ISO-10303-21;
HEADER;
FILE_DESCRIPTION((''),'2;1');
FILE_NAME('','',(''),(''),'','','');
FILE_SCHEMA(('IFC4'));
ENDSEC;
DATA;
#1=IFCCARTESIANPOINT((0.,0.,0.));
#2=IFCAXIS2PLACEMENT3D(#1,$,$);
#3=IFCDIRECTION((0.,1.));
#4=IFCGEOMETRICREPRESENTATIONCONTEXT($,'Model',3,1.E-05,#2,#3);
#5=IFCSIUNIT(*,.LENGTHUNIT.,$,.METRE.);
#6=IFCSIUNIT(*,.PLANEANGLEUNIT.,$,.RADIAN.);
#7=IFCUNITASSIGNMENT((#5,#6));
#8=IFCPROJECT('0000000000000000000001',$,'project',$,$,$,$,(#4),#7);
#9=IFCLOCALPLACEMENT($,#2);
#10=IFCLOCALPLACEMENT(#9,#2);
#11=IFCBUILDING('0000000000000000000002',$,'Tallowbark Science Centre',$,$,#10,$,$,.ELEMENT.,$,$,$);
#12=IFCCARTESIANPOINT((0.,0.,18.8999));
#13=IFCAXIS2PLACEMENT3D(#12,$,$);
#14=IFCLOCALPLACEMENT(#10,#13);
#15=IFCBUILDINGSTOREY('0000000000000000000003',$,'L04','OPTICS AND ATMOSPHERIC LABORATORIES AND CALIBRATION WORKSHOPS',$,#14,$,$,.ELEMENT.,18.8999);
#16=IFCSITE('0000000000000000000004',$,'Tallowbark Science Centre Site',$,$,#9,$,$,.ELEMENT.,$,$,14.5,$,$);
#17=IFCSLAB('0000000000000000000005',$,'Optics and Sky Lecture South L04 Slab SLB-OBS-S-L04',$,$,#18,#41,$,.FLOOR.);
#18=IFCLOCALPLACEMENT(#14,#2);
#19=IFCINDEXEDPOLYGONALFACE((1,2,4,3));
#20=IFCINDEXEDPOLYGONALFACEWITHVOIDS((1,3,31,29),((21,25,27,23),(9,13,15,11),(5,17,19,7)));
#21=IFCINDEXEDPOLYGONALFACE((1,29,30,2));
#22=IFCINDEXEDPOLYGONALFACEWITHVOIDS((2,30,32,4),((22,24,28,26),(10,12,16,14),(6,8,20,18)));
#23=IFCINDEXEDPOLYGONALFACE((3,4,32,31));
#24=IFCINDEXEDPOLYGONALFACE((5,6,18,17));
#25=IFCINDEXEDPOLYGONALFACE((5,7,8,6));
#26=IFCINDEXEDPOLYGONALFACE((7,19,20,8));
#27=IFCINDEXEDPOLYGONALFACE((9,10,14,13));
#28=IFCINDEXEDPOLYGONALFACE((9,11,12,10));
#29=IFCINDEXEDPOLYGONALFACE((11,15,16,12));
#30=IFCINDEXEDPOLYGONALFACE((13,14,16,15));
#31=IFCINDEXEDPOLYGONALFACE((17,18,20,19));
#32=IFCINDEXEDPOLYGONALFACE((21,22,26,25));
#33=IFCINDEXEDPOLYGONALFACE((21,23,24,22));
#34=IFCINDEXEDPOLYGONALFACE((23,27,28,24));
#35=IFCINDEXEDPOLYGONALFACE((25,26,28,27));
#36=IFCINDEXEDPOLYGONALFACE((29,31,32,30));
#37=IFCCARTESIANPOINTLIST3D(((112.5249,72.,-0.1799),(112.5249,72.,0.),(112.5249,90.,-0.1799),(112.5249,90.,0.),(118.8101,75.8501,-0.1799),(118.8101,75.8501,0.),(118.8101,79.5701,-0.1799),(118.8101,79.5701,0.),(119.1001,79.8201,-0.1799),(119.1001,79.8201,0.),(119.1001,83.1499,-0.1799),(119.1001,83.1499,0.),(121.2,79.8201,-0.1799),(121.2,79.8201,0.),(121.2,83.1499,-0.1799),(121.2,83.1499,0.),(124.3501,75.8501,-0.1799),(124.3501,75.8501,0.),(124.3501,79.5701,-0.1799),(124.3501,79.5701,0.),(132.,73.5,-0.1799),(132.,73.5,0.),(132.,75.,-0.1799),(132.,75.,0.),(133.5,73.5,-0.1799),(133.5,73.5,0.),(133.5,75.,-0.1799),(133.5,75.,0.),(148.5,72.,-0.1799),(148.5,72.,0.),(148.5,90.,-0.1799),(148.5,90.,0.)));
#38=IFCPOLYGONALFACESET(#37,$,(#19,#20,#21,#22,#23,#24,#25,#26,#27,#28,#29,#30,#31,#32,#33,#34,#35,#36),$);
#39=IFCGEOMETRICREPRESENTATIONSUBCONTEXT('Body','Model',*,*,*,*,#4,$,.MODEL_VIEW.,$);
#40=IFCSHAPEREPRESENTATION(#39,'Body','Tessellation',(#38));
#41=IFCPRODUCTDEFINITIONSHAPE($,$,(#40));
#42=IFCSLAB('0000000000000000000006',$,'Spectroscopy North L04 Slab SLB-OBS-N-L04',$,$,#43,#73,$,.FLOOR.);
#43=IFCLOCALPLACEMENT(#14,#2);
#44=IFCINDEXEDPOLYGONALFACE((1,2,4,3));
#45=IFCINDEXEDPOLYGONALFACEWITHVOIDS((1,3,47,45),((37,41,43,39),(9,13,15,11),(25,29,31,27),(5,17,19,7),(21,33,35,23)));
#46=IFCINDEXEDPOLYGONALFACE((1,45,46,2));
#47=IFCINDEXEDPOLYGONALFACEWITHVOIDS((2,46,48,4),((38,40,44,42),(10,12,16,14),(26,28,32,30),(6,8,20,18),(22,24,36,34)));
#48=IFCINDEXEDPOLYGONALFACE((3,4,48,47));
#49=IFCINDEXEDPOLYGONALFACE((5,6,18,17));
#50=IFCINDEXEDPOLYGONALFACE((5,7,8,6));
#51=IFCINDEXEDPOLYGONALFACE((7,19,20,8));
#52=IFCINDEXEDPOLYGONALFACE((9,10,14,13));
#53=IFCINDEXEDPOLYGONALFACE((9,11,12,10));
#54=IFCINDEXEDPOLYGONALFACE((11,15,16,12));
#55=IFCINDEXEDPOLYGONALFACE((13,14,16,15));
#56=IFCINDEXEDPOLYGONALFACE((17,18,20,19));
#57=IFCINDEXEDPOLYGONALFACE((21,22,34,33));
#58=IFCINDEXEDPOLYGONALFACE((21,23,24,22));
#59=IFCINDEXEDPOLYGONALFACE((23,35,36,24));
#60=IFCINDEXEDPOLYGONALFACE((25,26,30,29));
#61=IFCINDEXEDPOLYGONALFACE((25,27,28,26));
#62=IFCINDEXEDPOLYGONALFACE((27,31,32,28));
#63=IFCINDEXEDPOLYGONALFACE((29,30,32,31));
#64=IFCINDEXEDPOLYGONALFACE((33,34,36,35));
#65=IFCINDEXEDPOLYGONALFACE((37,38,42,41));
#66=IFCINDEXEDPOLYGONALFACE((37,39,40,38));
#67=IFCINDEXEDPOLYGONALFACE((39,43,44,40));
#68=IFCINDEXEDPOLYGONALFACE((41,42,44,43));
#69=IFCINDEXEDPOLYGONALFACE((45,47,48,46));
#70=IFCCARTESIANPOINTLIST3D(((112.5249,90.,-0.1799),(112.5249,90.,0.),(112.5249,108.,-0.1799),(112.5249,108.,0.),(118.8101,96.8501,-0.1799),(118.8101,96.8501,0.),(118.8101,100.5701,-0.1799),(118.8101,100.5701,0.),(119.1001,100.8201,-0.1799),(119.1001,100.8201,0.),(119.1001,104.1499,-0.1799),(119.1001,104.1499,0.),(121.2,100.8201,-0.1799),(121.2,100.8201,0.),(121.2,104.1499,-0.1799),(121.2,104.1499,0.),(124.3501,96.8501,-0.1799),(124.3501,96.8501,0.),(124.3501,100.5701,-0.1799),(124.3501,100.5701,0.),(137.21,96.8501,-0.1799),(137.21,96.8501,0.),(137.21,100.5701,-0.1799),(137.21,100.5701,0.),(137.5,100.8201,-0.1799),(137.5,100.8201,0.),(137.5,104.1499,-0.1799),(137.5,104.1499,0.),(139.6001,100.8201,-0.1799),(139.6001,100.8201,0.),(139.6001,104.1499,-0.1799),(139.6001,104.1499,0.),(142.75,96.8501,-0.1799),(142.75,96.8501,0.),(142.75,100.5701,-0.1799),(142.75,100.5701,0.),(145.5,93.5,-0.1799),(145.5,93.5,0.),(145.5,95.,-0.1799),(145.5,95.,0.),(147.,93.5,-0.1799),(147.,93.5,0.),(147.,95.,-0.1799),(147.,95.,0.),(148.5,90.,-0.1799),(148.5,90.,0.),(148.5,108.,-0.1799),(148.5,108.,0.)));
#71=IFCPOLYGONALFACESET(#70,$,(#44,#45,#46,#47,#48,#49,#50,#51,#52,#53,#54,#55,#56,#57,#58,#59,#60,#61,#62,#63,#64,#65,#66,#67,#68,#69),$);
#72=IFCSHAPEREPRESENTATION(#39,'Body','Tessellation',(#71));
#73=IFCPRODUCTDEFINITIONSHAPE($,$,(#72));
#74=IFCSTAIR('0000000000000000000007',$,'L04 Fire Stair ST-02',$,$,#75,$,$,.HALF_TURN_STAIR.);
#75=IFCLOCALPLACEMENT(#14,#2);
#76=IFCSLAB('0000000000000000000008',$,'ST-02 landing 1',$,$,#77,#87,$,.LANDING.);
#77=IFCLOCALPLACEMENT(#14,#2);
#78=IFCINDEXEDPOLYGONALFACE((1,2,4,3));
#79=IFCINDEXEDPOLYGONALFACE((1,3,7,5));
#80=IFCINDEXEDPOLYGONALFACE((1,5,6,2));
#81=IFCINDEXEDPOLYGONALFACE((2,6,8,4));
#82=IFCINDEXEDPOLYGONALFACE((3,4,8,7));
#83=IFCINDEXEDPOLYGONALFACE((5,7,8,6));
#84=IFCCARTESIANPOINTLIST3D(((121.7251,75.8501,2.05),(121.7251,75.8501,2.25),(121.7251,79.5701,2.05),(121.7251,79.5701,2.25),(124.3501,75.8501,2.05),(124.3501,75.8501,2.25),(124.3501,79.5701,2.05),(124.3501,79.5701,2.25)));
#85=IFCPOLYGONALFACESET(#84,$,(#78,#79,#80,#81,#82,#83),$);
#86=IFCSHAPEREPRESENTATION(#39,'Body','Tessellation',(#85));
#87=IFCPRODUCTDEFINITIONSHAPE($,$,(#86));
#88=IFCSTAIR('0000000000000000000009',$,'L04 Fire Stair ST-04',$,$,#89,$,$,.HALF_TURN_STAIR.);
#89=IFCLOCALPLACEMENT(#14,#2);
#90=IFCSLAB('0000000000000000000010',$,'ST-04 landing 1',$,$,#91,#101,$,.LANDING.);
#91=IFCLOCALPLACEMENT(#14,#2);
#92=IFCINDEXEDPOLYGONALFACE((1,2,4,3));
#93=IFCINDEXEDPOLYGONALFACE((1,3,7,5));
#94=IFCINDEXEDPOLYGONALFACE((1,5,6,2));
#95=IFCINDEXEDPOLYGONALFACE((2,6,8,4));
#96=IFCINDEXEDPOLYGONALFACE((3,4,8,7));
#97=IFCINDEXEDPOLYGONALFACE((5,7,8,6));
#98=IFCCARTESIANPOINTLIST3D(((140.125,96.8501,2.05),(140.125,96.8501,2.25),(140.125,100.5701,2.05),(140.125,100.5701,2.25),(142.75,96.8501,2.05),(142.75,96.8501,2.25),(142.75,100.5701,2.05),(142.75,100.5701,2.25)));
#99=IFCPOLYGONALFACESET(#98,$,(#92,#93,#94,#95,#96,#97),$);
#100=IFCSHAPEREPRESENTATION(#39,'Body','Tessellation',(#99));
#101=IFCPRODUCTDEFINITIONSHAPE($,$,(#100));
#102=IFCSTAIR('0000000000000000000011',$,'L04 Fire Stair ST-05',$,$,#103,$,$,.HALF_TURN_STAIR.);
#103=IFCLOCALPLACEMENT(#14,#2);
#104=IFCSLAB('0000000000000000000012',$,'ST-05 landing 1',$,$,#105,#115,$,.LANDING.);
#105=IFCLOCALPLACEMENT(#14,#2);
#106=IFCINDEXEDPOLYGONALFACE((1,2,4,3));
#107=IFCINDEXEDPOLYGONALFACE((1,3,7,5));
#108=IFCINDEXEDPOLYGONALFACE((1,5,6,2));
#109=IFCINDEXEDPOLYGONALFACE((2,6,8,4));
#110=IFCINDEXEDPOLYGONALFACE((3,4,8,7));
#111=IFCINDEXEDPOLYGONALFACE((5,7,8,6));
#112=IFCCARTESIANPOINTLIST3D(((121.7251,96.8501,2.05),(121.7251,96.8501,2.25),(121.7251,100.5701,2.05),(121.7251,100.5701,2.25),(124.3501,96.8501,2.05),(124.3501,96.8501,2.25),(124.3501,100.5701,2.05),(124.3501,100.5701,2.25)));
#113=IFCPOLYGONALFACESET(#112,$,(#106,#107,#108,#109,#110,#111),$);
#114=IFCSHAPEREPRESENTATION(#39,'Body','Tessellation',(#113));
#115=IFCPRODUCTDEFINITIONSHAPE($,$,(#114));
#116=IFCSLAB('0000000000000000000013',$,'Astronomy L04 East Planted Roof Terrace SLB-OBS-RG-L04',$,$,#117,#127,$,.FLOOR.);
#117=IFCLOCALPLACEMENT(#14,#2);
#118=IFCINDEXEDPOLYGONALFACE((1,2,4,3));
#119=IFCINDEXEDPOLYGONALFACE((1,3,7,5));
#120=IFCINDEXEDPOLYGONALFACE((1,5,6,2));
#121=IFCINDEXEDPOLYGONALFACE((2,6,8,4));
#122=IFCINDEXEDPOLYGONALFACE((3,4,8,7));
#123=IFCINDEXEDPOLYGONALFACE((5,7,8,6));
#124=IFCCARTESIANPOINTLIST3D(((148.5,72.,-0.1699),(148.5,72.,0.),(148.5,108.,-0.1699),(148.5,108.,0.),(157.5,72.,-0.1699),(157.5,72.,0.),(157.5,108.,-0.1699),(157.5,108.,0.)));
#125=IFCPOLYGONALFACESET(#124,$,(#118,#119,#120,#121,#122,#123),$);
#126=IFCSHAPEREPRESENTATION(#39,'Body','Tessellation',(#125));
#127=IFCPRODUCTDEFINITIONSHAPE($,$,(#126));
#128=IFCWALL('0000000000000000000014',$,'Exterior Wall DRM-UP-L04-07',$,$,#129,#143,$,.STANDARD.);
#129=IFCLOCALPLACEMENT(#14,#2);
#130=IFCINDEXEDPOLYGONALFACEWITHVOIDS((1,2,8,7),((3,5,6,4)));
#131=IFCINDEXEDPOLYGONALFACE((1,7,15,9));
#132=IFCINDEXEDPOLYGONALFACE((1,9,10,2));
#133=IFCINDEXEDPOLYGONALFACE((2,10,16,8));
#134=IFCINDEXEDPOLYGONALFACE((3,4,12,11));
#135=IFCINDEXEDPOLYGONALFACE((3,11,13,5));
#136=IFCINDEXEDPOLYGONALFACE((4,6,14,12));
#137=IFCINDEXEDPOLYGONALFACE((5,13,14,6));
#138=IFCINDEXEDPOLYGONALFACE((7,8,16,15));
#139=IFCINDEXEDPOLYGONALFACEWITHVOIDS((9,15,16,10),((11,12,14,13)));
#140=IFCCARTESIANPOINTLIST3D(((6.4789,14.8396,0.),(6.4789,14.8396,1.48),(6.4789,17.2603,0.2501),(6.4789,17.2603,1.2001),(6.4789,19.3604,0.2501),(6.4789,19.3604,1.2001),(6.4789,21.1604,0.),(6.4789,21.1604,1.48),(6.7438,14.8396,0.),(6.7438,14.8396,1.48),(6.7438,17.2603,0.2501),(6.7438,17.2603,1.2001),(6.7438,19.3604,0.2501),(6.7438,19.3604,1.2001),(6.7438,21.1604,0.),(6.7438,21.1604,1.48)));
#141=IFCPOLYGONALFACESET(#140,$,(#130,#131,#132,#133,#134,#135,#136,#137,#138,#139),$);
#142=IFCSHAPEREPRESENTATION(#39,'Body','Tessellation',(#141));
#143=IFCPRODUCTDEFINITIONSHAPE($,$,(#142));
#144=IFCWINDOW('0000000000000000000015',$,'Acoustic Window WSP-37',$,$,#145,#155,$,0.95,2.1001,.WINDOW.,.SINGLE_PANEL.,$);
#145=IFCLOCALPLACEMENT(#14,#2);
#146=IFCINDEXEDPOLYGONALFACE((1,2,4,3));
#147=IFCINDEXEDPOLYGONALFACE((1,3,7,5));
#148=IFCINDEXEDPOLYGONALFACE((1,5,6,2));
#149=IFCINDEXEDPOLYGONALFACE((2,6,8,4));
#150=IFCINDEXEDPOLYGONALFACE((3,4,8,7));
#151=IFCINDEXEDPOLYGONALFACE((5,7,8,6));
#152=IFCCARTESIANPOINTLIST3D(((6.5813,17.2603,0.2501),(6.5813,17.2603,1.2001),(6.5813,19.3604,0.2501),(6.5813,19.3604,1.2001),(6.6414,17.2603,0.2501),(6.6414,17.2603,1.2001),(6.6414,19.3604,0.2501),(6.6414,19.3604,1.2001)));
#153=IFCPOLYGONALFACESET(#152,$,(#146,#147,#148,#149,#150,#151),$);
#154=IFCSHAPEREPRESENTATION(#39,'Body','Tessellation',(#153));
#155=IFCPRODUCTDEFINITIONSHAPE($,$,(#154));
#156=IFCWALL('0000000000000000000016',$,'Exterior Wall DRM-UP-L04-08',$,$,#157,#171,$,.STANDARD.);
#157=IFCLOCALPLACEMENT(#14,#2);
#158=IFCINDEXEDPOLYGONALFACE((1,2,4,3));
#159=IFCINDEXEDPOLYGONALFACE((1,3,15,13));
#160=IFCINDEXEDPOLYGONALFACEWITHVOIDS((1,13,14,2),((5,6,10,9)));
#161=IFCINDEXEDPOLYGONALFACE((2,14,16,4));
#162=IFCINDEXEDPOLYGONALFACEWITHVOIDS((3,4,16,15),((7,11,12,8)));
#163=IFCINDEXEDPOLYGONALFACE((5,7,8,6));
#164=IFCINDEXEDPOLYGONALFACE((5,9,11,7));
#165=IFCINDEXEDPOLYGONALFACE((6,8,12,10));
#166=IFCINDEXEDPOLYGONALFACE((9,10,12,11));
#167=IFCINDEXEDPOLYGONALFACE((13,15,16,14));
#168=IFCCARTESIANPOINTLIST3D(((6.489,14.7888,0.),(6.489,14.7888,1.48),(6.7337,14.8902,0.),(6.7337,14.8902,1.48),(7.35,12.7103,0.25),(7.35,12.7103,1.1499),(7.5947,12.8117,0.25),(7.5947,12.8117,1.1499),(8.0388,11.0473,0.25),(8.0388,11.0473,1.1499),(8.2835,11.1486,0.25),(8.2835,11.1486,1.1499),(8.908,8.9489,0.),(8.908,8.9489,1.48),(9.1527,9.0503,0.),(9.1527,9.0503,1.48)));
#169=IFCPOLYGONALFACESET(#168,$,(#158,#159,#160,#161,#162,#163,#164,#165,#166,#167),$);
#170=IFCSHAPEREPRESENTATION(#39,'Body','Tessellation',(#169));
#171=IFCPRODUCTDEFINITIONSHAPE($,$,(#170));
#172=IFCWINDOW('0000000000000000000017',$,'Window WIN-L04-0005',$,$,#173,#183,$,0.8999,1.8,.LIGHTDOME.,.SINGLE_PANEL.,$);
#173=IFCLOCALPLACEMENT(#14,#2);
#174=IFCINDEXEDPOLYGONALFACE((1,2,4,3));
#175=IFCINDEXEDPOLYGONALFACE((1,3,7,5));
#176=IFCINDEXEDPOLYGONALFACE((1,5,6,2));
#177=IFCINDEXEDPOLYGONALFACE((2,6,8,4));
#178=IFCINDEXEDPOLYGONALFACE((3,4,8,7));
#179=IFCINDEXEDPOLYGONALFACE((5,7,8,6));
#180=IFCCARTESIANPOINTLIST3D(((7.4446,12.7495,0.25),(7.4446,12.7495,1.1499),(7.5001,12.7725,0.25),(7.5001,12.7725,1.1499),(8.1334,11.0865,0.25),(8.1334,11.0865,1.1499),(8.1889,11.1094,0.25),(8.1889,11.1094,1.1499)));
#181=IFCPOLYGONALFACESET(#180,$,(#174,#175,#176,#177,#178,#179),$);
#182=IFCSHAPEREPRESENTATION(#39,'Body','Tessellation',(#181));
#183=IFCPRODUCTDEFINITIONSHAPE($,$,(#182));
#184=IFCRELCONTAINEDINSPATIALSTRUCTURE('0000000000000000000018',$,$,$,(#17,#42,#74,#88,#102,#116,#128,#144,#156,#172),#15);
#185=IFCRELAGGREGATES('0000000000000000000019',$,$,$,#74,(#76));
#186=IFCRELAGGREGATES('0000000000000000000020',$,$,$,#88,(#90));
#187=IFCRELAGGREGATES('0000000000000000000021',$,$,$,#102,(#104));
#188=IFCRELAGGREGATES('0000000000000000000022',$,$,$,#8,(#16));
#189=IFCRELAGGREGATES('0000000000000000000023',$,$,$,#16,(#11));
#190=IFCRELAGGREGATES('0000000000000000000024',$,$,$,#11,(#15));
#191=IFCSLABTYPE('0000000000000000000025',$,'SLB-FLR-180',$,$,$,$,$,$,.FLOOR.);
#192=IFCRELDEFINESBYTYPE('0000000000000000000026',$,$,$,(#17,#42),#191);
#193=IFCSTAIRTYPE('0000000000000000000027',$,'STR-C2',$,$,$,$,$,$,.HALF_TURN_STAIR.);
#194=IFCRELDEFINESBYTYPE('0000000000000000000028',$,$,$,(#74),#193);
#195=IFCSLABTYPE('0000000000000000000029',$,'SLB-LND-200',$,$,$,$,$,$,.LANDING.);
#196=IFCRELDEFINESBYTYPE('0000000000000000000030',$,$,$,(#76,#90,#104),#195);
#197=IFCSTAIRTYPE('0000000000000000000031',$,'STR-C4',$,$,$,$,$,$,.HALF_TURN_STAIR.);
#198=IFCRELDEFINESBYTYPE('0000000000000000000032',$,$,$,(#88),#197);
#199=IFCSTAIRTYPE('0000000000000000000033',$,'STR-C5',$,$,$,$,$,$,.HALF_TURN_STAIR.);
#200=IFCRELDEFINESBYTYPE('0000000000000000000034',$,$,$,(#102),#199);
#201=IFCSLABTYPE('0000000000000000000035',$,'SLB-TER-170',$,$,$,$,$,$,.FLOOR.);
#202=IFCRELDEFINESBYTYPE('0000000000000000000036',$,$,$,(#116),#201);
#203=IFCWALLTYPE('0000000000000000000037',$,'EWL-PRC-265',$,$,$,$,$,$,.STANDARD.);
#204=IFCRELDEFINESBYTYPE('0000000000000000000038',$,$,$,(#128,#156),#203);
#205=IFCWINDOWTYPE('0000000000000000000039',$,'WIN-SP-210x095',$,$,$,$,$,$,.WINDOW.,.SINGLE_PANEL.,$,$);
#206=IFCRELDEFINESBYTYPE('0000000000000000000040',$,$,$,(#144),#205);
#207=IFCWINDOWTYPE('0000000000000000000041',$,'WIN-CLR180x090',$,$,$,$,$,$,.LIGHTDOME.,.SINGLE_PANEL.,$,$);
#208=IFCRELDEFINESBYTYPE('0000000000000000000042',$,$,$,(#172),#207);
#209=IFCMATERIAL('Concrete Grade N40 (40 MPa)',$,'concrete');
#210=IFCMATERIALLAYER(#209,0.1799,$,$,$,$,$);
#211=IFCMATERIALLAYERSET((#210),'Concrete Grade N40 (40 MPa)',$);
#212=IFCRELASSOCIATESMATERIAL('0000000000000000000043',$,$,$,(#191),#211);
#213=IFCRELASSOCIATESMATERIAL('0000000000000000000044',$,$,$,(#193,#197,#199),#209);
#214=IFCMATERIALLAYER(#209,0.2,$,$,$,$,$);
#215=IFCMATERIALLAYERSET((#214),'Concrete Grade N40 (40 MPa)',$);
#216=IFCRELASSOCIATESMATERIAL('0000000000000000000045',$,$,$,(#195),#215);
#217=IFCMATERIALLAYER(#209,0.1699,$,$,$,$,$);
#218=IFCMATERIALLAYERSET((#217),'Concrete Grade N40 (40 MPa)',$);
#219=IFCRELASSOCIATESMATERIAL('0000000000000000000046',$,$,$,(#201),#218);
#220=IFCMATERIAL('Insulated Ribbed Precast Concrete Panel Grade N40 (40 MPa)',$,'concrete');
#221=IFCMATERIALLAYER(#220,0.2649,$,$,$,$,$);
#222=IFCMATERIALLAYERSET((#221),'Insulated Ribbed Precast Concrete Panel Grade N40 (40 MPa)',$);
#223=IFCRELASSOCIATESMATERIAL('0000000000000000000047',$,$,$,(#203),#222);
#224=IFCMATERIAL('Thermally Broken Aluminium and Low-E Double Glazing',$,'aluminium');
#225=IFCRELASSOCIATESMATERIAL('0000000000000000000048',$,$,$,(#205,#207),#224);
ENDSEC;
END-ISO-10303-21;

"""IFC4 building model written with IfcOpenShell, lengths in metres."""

from ifc_helpers import new_model, si_unit, direction, frame, frame_2d, origin, place, context, subcontext, project, spatial, polyline, rectangle, outline, extrude, material, layer, layer_set, type_object, element, fill, aggregate, save


model = new_model("IFC4")

# Units and contexts
model_context = context("Model", 3, precision=1e-05, world=origin(), true_north=direction((0.0, 1.0)))
body_context = subcontext(model_context, "Body", "Model", "MODEL_VIEW")
ifc_project = project(units=[si_unit("LENGTHUNIT", "METRE"), si_unit("PLANEANGLEUNIT", "RADIAN")], contexts=[model_context])

# Site, building, storey
site_placement = place(None, origin())
site = spatial("IfcSite", under=ifc_project, at=site_placement, Name="Tallowbark Science Centre Site", CompositionType="ELEMENT", RefElevation=14.5)
building_placement = place(site_placement, origin())
building = spatial("IfcBuilding", under=site, at=building_placement, Name="Tallowbark Science Centre", CompositionType="ELEMENT")
storey_placement = place(building_placement, frame((0.0, 0.0, 18.8999)))
storey = spatial("IfcBuildingStorey", under=building, at=storey_placement, Name="L04", Description="OPTICS AND ATMOSPHERIC LABORATORIES AND CALIBRATION WORKSHOPS", CompositionType="ELEMENT", Elevation=18.8999)

# Slabs
ifc_material_1 = material(Name="Concrete Grade N40 (40 MPa)", Category="concrete")
ifc_layer_1 = layer(ifc_material_1, 0.1799)
ifc_layer_set_1 = layer_set([ifc_layer_1], Name="Concrete Grade N40 (40 MPa)")
slab_type_1 = type_object("IfcSlabType", Name="SLB-FLR-180", PredefinedType="FLOOR", material=ifc_layer_set_1)
slab_1_placement = place(storey_placement, frame((0.0, 0.0, -0.1799)))
element("IfcSlab", 1, at=slab_1_placement, inside=storey, type_object=slab_type_1, Name="Optics and Sky Lecture South L04 Slab SLB-OBS-S-L04", PredefinedType="FLOOR", context=body_context, shape_type="SweptSolid", body=[
    extrude(outline(polyline([(112.5249, 72.0), (148.5, 72.0), (148.5, 90.0), (112.5249, 90.0), (112.5249, 72.0)]), holes=[polyline([(118.8101, 75.8501), (124.3501, 75.8501), (124.3501, 79.5701), (118.8101, 79.5701), (118.8101, 75.8501)]), polyline([(119.1001, 79.8201), (121.2, 79.8201), (121.2, 83.1499), (119.1001, 83.1499), (119.1001, 79.8201)]), polyline([(132.0, 73.5), (133.5, 73.5), (133.5, 75.0), (132.0, 75.0), (132.0, 73.5)])]), origin(), (0.0, 0.0, 1.0), 0.1799),
])
slab_2_placement = place(storey_placement, frame((0.0, 0.0, -0.1799)))
element("IfcSlab", 2, at=slab_2_placement, inside=storey, type_object=slab_type_1, Name="Spectroscopy North L04 Slab SLB-OBS-N-L04", PredefinedType="FLOOR", context=body_context, shape_type="SweptSolid", body=[
    extrude(outline(polyline([(112.5249, 90.0), (148.5, 90.0), (148.5, 108.0), (112.5249, 108.0), (112.5249, 90.0)]), holes=[polyline([(137.21, 96.8501), (142.75, 96.8501), (142.75, 100.5701), (137.21, 100.5701), (137.21, 96.8501)]), polyline([(118.8101, 96.8501), (124.3501, 96.8501), (124.3501, 100.5701), (118.8101, 100.5701), (118.8101, 96.8501)]), polyline([(137.5, 100.8201), (139.6001, 100.8201), (139.6001, 104.1499), (137.5, 104.1499), (137.5, 100.8201)]), polyline([(119.1001, 100.8201), (121.2, 100.8201), (121.2, 104.1499), (119.1001, 104.1499), (119.1001, 100.8201)]), polyline([(145.5, 93.5), (147.0, 93.5), (147.0, 95.0), (145.5, 95.0), (145.5, 93.5)])]), origin(), (0.0, 0.0, 1.0), 0.1799),
])

# Stairs, slabs
stair_type_1 = type_object("IfcStairType", Name="STR-C2", PredefinedType="HALF_TURN_STAIR", material=ifc_material_1)
stair_1_placement = place(storey_placement, origin())
stair_1 = element("IfcStair", 3, at=stair_1_placement, inside=storey, type_object=stair_type_1, Name="L04 Fire Stair ST-02", PredefinedType="HALF_TURN_STAIR")
ifc_layer_2 = layer(ifc_material_1, 0.2)
ifc_layer_set_2 = layer_set([ifc_layer_2], Name="Concrete Grade N40 (40 MPa)")
slab_type_2 = type_object("IfcSlabType", Name="SLB-LND-200", PredefinedType="LANDING", material=ifc_layer_set_2)
slab_3_placement = place(storey_placement, frame((0.0, 0.0, 2.05)))
slab_3 = element("IfcSlab", 4, at=slab_3_placement, type_object=slab_type_2, Name="ST-02 landing 1", PredefinedType="LANDING", context=body_context, shape_type="SweptSolid", body=[
    extrude(outline(polyline([(121.7251, 75.8501), (124.3501, 75.8501), (124.3501, 79.5701), (121.7251, 79.5701), (121.7251, 75.8501)])), origin(), (0.0, 0.0, 1.0), 0.2),
])
aggregate(stair_1, [slab_3])
stair_type_2 = type_object("IfcStairType", Name="STR-C4", PredefinedType="HALF_TURN_STAIR", material=ifc_material_1)
stair_2_placement = place(storey_placement, origin())
stair_2 = element("IfcStair", 5, at=stair_2_placement, inside=storey, type_object=stair_type_2, Name="L04 Fire Stair ST-04", PredefinedType="HALF_TURN_STAIR")
slab_4_placement = place(storey_placement, frame((0.0, 0.0, 2.05)))
slab_4 = element("IfcSlab", 6, at=slab_4_placement, type_object=slab_type_2, Name="ST-04 landing 1", PredefinedType="LANDING", context=body_context, shape_type="SweptSolid", body=[
    extrude(outline(polyline([(140.125, 96.8501), (142.75, 96.8501), (142.75, 100.5701), (140.125, 100.5701), (140.125, 96.8501)])), origin(), (0.0, 0.0, 1.0), 0.2),
])
aggregate(stair_2, [slab_4])
stair_type_3 = type_object("IfcStairType", Name="STR-C5", PredefinedType="HALF_TURN_STAIR", material=ifc_material_1)
stair_3_placement = place(storey_placement, origin())
stair_3 = element("IfcStair", 7, at=stair_3_placement, inside=storey, type_object=stair_type_3, Name="L04 Fire Stair ST-05", PredefinedType="HALF_TURN_STAIR")
slab_5_placement = place(storey_placement, frame((0.0, 0.0, 2.05)))
slab_5 = element("IfcSlab", 8, at=slab_5_placement, type_object=slab_type_2, Name="ST-05 landing 1", PredefinedType="LANDING", context=body_context, shape_type="SweptSolid", body=[
    extrude(outline(polyline([(121.7251, 96.8501), (124.3501, 96.8501), (124.3501, 100.5701), (121.7251, 100.5701), (121.7251, 96.8501)])), origin(), (0.0, 0.0, 1.0), 0.2),
])
aggregate(stair_3, [slab_5])

# Slab
ifc_layer_3 = layer(ifc_material_1, 0.1699)
ifc_layer_set_3 = layer_set([ifc_layer_3], Name="Concrete Grade N40 (40 MPa)")
slab_type_3 = type_object("IfcSlabType", Name="SLB-TER-170", PredefinedType="FLOOR", material=ifc_layer_set_3)
slab_6_placement = place(storey_placement, frame((0.0, 0.0, -0.1699)))
element("IfcSlab", 9, at=slab_6_placement, inside=storey, type_object=slab_type_3, Name="Astronomy L04 East Planted Roof Terrace SLB-OBS-RG-L04", PredefinedType="FLOOR", context=body_context, shape_type="SweptSolid", body=[
    extrude(outline(polyline([(148.5, 72.0), (157.5, 72.0), (157.5, 108.0), (148.5, 108.0), (148.5, 72.0)])), origin(), (0.0, 0.0, 1.0), 0.1699),
])

# Walls, openings, windows
ifc_material_2 = material(Name="Insulated Ribbed Precast Concrete Panel Grade N40 (40 MPa)", Category="concrete")
ifc_layer_4 = layer(ifc_material_2, 0.2649)
ifc_layer_set_4 = layer_set([ifc_layer_4], Name="Insulated Ribbed Precast Concrete Panel Grade N40 (40 MPa)")
wall_type = type_object("IfcWallType", Name="EWL-PRC-265", PredefinedType="STANDARD", material=ifc_layer_set_4)
wall_1_placement = place(storey_placement, frame((6.6113, 21.1604, 0.0), z_axis=(0.0, 0.0, 1.0), x_axis=(0.0, -1.0, 0.0)))
wall_1 = element("IfcWall", 10, at=wall_1_placement, inside=storey, type_object=wall_type, Name="Exterior Wall DRM-UP-L04-07", PredefinedType="STANDARD", context=body_context, shape_type="SweptSolid", body=[
    extrude(rectangle(XDim=6.3208, YDim=0.2649, at=frame_2d((3.1604, 0.0))), origin(), (0.0, 0.0, 1.0), 1.48),
])
opening_1_placement = place(wall_1_placement, frame((1.8, 0.0, 0.25)))
opening_1 = element("IfcOpeningElement", 11, at=opening_1_placement, cuts=wall_1, PredefinedType="OPENING", context=body_context, shape_type="SweptSolid", body=[
    extrude(rectangle(XDim=2.1001, YDim=0.95, at=frame_2d((1.05, 0.4751))), frame((0.0, 0.1426, 0.0), z_axis=(0.0, -1.0, 0.0), x_axis=(1.0, 0.0, 0.0)), (0.0, 0.0, 1.0), 0.2849),
])
ifc_material_3 = material(Name="Thermally Broken Aluminium and Low-E Double Glazing", Category="aluminium")
window_type_1 = type_object("IfcWindowType", Name="WIN-SP-210x095", PartitioningType="SINGLE_PANEL", PredefinedType="WINDOW", material=ifc_material_3)
window_1_placement = place(opening_1_placement, origin())
window_1 = element("IfcWindow", 12, at=window_1_placement, inside=storey, type_object=window_type_1, Name="Acoustic Window WSP-37", OverallHeight=0.95, OverallWidth=2.1001, PartitioningType="SINGLE_PANEL", PredefinedType="WINDOW", context=body_context, shape_type="SweptSolid", body=[
    extrude(rectangle(XDim=2.1001, YDim=0.95, at=frame_2d((1.05, 0.4751))), frame((0.0, 0.03, 0.0), z_axis=(0.0, -1.0, 0.0), x_axis=(1.0, 0.0, 0.0)), (0.0, 0.0, 1.0), 0.0601),
])
fill(opening_1, window_1)
wall_2_placement = place(storey_placement, frame((6.6113, 14.8396, 0.0), z_axis=(0.0, 0.0, 1.0), x_axis=(0.382684, -0.923879, 0.0)))
wall_2 = element("IfcWall", 13, at=wall_2_placement, inside=storey, type_object=wall_type, Name="Exterior Wall DRM-UP-L04-08", PredefinedType="STANDARD", context=body_context, shape_type="SweptSolid", body=[
    extrude(rectangle(XDim=6.321, YDim=0.2649, at=frame_2d((3.1606, 0.0))), origin(), (0.0, 0.0, 1.0), 1.48),
])
opening_2_placement = place(wall_2_placement, frame((2.25, 0.0, 0.25)))
opening_2 = element("IfcOpeningElement", 14, at=opening_2_placement, cuts=wall_2, PredefinedType="OPENING", context=body_context, shape_type="SweptSolid", body=[
    extrude(rectangle(XDim=1.8, YDim=0.8999, at=frame_2d((0.8999, 0.45))), frame((0.0, 0.1426, 0.0), z_axis=(0.0, -1.0, 0.0), x_axis=(1.0, 0.0, 0.0)), (0.0, 0.0, 1.0), 0.2849),
])
window_type_2 = type_object("IfcWindowType", Name="WIN-CLR180x090", PartitioningType="SINGLE_PANEL", PredefinedType="LIGHTDOME", material=ifc_material_3)
window_2_placement = place(opening_2_placement, origin())
window_2 = element("IfcWindow", 15, at=window_2_placement, inside=storey, type_object=window_type_2, Name="Window WIN-L04-0005", OverallHeight=0.8999, OverallWidth=1.8, PartitioningType="SINGLE_PANEL", PredefinedType="LIGHTDOME", context=body_context, shape_type="SweptSolid", body=[
    extrude(rectangle(XDim=1.8, YDim=0.8999, at=frame_2d((0.8999, 0.45))), frame((0.0, 0.03, 0.0), z_axis=(0.0, -1.0, 0.0), x_axis=(1.0, 0.0, 0.0)), (0.0, 0.0, 1.0), 0.0601),
])
fill(opening_2, window_2)

save(model, "model.ifc")
